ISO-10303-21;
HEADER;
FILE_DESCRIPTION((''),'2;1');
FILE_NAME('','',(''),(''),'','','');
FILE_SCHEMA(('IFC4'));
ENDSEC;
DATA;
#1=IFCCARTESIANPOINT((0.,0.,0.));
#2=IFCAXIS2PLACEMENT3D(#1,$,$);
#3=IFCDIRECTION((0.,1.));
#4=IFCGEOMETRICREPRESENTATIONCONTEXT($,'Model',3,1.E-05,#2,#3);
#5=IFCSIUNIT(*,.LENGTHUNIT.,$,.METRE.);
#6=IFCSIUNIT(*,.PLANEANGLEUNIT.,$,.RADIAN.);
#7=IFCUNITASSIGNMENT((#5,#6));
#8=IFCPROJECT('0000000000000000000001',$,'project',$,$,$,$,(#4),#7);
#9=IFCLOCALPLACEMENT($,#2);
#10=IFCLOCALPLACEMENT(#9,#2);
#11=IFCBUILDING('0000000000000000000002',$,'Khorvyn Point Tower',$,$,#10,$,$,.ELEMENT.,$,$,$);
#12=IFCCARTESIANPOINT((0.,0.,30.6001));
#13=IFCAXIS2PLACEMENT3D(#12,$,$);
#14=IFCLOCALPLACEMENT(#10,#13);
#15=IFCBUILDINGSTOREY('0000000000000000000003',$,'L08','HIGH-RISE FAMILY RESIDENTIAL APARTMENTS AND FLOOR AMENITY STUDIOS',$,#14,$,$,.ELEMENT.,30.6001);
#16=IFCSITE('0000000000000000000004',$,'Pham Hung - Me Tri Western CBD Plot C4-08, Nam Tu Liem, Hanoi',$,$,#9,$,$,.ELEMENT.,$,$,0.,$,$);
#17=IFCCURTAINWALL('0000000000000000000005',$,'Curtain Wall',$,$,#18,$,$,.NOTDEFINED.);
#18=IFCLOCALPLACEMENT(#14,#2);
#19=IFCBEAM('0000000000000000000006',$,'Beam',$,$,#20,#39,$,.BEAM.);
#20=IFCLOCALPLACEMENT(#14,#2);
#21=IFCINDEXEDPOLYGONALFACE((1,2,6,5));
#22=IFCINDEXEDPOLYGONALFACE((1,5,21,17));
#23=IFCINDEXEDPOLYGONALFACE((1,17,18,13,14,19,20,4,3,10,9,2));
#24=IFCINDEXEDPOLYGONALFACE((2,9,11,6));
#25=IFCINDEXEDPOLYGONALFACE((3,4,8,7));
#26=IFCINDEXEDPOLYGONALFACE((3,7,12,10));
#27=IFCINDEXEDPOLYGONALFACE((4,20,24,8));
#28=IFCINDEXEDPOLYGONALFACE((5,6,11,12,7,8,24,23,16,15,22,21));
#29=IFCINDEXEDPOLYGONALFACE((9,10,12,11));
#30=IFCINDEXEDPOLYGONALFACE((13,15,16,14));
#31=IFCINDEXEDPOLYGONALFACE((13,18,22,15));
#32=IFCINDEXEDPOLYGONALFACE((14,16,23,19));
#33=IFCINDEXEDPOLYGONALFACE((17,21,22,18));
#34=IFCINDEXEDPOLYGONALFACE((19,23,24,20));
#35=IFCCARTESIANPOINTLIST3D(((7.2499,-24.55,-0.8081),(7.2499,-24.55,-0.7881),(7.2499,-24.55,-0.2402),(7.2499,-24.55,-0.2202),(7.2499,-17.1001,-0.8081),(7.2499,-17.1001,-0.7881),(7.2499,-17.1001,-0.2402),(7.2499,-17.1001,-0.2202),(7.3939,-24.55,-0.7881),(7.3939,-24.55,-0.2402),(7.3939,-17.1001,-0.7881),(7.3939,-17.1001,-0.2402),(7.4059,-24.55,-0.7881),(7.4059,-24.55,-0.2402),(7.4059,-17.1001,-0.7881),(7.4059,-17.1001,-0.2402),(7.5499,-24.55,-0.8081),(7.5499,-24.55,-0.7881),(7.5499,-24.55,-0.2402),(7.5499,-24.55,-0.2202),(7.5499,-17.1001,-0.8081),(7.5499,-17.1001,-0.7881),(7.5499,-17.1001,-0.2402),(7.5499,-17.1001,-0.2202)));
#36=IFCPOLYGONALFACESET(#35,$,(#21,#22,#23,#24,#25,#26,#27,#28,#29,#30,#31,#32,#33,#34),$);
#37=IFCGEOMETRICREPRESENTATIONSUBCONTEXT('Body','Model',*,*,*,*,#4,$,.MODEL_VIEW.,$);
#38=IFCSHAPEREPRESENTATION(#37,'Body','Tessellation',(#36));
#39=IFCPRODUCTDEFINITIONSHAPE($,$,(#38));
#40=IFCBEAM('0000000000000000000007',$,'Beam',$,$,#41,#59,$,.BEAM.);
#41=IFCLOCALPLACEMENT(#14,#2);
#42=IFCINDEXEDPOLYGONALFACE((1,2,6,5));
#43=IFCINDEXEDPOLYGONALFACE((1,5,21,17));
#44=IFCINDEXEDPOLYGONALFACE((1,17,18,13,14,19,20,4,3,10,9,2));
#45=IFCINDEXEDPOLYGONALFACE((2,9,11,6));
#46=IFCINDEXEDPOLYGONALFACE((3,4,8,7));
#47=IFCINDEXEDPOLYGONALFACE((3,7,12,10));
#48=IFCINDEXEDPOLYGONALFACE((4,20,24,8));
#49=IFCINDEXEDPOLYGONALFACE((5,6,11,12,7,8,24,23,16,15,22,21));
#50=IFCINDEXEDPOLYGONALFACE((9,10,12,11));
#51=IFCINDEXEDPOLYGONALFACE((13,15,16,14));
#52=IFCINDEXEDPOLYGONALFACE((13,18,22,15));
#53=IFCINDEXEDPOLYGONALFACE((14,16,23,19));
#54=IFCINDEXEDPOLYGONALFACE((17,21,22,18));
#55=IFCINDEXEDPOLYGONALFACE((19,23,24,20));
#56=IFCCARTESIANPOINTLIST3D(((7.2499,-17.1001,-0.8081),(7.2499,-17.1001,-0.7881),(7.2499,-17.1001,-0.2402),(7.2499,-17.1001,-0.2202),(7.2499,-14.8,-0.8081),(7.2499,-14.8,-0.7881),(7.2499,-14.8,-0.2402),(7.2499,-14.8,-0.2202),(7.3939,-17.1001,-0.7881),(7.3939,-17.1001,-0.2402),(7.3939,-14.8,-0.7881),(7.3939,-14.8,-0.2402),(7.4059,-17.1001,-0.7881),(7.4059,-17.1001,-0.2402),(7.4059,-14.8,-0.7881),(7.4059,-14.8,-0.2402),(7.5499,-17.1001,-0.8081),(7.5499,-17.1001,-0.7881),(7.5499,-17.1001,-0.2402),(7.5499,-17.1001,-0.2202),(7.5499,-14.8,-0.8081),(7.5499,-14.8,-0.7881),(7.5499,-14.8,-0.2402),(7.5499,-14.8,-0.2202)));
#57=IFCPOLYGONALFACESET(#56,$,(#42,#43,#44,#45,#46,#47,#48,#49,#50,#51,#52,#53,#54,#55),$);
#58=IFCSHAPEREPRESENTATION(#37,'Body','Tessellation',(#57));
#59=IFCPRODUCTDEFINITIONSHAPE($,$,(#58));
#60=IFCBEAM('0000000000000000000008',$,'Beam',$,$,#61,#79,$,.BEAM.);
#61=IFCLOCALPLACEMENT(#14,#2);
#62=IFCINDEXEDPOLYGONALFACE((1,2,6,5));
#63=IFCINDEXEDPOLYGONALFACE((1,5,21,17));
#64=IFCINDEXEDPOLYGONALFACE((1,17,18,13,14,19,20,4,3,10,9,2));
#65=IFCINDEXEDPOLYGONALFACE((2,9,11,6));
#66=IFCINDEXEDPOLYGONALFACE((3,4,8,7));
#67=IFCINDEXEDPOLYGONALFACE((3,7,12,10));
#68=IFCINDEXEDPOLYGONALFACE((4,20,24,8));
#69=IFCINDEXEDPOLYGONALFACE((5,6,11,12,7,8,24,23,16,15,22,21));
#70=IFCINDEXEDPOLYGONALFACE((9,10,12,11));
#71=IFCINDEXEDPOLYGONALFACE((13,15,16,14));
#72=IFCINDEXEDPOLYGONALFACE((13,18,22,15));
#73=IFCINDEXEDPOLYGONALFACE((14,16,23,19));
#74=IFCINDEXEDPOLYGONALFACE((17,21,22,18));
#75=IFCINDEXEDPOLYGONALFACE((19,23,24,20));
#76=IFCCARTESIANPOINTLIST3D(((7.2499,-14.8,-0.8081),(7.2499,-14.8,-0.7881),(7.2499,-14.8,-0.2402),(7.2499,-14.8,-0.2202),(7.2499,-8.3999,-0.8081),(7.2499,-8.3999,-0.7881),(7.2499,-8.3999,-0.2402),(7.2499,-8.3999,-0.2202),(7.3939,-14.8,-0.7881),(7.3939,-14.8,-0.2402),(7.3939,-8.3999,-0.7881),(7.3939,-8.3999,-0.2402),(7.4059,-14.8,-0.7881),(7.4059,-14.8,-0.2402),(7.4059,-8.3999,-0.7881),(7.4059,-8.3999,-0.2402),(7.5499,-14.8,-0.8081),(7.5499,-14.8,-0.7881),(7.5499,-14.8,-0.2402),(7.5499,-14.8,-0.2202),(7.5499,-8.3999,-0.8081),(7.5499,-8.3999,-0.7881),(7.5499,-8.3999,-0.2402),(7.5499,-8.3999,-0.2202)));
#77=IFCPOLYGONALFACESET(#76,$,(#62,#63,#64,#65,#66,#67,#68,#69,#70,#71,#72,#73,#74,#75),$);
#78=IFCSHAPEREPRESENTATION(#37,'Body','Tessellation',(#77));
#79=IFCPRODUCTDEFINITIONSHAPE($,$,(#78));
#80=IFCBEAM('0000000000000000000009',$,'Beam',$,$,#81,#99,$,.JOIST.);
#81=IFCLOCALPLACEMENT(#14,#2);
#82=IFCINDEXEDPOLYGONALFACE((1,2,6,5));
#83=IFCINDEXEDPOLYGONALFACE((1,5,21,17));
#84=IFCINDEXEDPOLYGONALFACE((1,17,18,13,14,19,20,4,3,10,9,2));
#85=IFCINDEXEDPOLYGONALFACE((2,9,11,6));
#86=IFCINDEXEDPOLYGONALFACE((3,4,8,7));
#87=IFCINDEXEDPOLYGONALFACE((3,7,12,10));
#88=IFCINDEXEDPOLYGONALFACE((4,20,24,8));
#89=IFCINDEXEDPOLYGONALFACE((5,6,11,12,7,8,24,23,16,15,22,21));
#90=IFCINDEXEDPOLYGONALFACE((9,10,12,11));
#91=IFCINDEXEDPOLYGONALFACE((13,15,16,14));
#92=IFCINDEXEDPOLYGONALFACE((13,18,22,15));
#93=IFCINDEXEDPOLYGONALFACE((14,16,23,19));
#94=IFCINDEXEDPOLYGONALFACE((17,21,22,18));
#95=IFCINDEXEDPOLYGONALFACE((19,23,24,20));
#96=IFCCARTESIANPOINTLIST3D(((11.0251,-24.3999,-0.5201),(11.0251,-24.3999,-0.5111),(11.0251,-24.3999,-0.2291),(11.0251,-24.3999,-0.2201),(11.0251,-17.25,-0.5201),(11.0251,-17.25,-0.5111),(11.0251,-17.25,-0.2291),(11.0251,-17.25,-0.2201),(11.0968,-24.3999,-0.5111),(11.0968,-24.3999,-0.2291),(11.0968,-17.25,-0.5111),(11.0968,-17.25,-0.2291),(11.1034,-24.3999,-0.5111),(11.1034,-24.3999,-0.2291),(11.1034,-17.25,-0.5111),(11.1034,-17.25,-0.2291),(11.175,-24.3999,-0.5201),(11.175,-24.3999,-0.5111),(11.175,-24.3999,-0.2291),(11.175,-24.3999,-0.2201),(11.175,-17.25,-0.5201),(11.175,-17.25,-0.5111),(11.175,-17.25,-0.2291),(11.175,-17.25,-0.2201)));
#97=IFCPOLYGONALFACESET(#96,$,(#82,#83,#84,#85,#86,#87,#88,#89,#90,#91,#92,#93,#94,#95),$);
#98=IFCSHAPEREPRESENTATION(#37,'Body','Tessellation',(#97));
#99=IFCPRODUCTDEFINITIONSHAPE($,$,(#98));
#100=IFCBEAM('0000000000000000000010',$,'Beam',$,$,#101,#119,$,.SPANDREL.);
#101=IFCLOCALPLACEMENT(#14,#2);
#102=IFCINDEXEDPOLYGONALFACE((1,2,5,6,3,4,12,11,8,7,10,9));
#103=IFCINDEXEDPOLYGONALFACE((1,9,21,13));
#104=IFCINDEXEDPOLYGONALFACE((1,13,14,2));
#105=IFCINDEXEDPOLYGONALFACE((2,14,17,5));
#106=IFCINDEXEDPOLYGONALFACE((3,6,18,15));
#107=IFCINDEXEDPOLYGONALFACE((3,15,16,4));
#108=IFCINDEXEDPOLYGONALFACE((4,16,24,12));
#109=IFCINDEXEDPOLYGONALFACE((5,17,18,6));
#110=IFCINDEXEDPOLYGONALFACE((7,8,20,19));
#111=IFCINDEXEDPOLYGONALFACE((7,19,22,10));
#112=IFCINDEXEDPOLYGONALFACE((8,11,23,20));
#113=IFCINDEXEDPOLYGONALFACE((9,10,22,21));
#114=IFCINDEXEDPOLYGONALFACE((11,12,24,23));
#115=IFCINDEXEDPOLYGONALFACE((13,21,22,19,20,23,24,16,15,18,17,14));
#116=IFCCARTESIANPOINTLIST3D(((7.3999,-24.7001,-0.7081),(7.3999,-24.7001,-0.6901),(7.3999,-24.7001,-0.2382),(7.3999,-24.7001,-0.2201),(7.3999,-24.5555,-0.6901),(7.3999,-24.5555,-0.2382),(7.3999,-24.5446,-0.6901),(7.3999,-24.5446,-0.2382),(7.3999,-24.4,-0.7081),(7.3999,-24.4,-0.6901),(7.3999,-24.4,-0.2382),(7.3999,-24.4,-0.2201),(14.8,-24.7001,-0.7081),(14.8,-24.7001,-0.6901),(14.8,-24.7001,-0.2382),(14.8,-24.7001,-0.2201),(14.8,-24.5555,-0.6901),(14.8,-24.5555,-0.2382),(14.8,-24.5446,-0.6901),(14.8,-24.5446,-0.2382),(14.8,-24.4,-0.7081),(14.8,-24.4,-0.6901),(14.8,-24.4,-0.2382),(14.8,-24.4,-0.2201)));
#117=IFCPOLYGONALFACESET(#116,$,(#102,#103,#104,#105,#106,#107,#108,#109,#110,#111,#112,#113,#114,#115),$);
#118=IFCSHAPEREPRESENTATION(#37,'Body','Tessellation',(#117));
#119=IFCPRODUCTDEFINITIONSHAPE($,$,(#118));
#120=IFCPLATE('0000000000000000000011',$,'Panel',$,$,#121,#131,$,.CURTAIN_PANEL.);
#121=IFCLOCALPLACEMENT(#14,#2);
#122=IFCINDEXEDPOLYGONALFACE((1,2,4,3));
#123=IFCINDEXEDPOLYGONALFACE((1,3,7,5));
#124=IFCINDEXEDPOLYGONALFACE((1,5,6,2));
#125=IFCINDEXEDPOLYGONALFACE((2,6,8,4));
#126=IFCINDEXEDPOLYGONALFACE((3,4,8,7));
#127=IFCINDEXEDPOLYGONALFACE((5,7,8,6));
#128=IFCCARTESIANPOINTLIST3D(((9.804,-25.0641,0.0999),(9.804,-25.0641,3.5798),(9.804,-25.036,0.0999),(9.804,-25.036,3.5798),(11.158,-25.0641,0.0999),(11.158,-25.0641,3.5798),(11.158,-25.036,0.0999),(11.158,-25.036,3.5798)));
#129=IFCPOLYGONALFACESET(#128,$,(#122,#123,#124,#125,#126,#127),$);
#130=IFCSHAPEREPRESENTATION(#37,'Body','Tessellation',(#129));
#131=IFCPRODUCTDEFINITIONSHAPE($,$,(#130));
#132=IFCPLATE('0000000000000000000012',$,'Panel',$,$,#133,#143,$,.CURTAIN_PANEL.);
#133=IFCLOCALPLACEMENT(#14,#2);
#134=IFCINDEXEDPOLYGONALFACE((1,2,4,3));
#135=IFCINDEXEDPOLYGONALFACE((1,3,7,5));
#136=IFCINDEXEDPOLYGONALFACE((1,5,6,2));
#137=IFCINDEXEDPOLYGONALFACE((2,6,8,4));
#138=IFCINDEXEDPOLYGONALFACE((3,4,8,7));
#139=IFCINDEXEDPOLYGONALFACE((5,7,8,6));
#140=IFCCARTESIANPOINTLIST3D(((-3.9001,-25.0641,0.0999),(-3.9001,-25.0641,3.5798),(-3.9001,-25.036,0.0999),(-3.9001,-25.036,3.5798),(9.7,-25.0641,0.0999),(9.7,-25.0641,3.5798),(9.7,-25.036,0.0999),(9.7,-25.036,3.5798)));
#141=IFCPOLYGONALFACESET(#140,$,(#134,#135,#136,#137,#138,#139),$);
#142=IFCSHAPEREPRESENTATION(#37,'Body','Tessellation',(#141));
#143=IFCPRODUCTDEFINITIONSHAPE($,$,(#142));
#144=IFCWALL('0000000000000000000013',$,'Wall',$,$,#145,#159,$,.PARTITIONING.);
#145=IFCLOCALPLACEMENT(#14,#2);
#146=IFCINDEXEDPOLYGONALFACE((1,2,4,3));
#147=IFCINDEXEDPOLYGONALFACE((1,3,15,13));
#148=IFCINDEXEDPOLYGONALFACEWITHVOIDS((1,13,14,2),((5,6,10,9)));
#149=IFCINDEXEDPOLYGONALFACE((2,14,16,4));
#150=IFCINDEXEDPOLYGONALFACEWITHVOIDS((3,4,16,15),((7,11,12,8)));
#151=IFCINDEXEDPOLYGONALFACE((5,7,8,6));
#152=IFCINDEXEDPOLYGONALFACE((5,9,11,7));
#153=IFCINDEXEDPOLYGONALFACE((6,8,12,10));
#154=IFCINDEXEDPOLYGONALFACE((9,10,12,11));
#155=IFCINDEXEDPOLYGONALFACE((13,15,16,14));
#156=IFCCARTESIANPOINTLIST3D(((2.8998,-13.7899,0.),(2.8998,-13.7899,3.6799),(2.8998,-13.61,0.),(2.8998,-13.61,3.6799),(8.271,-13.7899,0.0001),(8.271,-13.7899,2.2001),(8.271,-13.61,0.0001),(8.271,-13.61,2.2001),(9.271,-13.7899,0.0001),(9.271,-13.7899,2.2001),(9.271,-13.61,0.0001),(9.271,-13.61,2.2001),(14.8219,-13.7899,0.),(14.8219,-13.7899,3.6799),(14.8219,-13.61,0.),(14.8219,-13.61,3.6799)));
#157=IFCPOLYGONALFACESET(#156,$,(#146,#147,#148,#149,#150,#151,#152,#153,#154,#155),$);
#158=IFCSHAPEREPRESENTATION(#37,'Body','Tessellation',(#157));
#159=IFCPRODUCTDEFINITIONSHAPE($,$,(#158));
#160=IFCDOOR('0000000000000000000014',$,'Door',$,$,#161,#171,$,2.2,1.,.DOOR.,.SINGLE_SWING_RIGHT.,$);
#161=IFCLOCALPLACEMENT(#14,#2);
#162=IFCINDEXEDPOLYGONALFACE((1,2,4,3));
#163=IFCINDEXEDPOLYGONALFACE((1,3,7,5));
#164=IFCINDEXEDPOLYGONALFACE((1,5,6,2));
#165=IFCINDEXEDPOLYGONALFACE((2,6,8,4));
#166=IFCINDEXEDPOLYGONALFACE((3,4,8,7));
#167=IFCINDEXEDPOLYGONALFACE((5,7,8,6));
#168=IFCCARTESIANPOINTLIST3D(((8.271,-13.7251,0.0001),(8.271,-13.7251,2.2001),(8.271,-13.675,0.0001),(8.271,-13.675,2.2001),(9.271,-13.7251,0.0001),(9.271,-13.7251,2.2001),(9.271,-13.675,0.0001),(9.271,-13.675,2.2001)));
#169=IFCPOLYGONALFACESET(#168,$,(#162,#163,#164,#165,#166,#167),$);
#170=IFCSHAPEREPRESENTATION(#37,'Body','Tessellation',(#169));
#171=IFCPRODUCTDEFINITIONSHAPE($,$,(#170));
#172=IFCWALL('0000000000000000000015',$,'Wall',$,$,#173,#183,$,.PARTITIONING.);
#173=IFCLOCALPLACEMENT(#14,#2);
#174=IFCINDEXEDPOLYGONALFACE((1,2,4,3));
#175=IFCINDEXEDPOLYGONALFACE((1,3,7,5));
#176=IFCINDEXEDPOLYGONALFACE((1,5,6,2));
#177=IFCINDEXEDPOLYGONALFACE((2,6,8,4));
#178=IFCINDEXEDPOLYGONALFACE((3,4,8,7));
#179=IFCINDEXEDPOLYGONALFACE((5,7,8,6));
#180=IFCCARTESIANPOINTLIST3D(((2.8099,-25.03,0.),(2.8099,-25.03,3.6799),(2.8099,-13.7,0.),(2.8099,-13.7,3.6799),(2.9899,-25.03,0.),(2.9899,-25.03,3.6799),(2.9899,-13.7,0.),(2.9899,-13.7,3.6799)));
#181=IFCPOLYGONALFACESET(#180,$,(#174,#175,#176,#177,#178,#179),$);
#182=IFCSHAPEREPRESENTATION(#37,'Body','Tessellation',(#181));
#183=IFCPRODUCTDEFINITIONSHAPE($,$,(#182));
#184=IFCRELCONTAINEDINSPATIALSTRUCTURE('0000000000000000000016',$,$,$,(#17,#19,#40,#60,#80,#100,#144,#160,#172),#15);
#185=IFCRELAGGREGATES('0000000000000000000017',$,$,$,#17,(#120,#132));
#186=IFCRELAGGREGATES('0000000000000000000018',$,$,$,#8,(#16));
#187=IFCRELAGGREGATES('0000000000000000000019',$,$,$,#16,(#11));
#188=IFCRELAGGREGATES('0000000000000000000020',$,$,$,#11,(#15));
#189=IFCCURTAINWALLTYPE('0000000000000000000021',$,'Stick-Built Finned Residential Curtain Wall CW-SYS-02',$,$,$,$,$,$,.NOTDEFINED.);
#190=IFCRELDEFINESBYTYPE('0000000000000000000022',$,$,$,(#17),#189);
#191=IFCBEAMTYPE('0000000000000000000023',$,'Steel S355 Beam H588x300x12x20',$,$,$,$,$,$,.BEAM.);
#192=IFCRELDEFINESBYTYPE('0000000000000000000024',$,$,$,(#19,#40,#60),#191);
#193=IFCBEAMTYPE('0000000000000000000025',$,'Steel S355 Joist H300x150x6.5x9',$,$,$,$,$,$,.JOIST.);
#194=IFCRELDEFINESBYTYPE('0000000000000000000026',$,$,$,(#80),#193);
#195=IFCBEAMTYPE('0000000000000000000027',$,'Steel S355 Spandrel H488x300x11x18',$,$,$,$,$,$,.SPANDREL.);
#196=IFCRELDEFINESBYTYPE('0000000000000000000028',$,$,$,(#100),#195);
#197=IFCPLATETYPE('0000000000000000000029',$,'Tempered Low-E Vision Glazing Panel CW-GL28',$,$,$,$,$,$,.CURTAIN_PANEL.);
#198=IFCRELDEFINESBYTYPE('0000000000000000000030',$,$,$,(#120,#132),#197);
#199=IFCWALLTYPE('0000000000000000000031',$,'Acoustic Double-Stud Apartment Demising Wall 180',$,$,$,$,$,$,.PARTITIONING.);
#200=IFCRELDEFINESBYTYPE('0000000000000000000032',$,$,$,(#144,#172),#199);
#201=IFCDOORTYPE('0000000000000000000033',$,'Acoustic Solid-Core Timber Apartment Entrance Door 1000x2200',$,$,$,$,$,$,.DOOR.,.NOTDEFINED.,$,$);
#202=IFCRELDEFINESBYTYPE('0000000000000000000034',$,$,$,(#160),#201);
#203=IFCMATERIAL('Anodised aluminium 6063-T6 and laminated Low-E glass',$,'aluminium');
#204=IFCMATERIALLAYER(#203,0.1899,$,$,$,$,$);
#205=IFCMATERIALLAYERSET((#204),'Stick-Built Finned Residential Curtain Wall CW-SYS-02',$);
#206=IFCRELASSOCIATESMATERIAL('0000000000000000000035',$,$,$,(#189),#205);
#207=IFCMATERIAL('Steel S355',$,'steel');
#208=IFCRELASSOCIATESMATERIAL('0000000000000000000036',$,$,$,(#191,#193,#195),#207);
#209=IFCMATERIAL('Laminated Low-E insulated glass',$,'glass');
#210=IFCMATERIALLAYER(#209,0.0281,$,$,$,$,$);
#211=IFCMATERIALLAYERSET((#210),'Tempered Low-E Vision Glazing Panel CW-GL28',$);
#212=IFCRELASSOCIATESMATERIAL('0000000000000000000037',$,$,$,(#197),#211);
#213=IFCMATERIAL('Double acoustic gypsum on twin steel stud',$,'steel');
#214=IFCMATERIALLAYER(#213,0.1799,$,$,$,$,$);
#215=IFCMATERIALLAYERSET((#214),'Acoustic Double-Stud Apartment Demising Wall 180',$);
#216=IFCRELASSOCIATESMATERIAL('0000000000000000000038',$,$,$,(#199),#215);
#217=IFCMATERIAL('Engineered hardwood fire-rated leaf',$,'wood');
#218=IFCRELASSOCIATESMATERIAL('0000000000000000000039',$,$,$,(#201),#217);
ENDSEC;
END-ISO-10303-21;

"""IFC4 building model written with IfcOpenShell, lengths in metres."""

from ifc_helpers import new_model, si_unit, direction, frame, frame_2d, origin, origin_2d, place, context, subcontext, project, spatial, rectangle, i_section, extrude, material, layer, layer_set, material_profile, profile_set, type_object, element, fill, aggregate, save


model = new_model("IFC4")

# Units and contexts
model_context = context("Model", 3, precision=1e-05, world=origin(), true_north=direction((0.0, 1.0)))
body_context = subcontext(model_context, "Body", "Model", "MODEL_VIEW")
ifc_project = project(units=[si_unit("LENGTHUNIT", "METRE"), si_unit("PLANEANGLEUNIT", "RADIAN")], contexts=[model_context])

# Site, building, storey
site_placement = place(None, origin())
site = spatial("IfcSite", under=ifc_project, at=site_placement, Name="Pham Hung - Me Tri Western CBD Plot C4-08, Nam Tu Liem, Hanoi", CompositionType="ELEMENT", RefElevation=0.0)
building_placement = place(site_placement, origin())
building = spatial("IfcBuilding", under=site, at=building_placement, Name="Khorvyn Point Tower", CompositionType="ELEMENT")
storey_placement = place(building_placement, frame((0.0, 0.0, 30.6001)))
storey = spatial("IfcBuildingStorey", under=building, at=storey_placement, Name="L08", Description="HIGH-RISE FAMILY RESIDENTIAL APARTMENTS AND FLOOR AMENITY STUDIOS", CompositionType="ELEMENT", Elevation=30.6001)

# Curtain wall
ifc_material_1 = material(Name="Anodised aluminium 6063-T6 and laminated Low-E glass", Category="aluminium")
ifc_layer_1 = layer(ifc_material_1, 0.1899)
ifc_layer_set_1 = layer_set([ifc_layer_1], Name="Stick-Built Finned Residential Curtain Wall CW-SYS-02")
curtain_wall_type = type_object("IfcCurtainWallType", Name="Stick-Built Finned Residential Curtain Wall CW-SYS-02", PredefinedType="NOTDEFINED", material=ifc_layer_set_1)
curtain_wall_placement = place(storey_placement, origin())
curtain_wall = element("IfcCurtainWall", 1, at=curtain_wall_placement, inside=storey, type_object=curtain_wall_type, Name="Curtain Wall", PredefinedType="NOTDEFINED")

# Beams
ifc_material_2 = material(Name="Steel S355", Category="steel")
ifc_material_profile_1 = material_profile(ifc_material_2, i_section(OverallWidth=0.3, OverallDepth=0.5879, WebThickness=0.012, FlangeThickness=0.02, at=origin_2d()))
ifc_profile_set_1 = profile_set([ifc_material_profile_1], Name="Steel S355 H588x300x12x20")
beam_type_1 = type_object("IfcBeamType", Name="Steel S355 Beam H588x300x12x20", PredefinedType="BEAM", material=ifc_profile_set_1)
beam_1_placement = place(storey_placement, frame((7.3999, -24.55, -0.5142), z_axis=(0.0, 1.0, 0.0), x_axis=(-1.0, 0.0, 0.0)))
element("IfcBeam", 2, at=beam_1_placement, inside=storey, type_object=beam_type_1, Name="Beam", PredefinedType="BEAM", context=body_context, shape_type="SweptSolid", body=[
    extrude(i_section(OverallWidth=0.3, OverallDepth=0.5879, WebThickness=0.012, FlangeThickness=0.02, at=origin_2d()), origin(), (0.0, 0.0, 1.0), 7.45),
])
beam_2_placement = place(storey_placement, frame((7.3999, -17.1001, -0.5142), z_axis=(0.0, 1.0, 0.0), x_axis=(-1.0, 0.0, 0.0)))
element("IfcBeam", 3, at=beam_2_placement, inside=storey, type_object=beam_type_1, Name="Beam", PredefinedType="BEAM", context=body_context, shape_type="SweptSolid", body=[
    extrude(i_section(OverallWidth=0.3, OverallDepth=0.5879, WebThickness=0.012, FlangeThickness=0.02, at=origin_2d()), origin(), (0.0, 0.0, 1.0), 2.3),
])
beam_3_placement = place(storey_placement, frame((7.3999, -14.8, -0.5142), z_axis=(0.0, 1.0, 0.0), x_axis=(-1.0, 0.0, 0.0)))
element("IfcBeam", 4, at=beam_3_placement, inside=storey, type_object=beam_type_1, Name="Beam", PredefinedType="BEAM", context=body_context, shape_type="SweptSolid", body=[
    extrude(i_section(OverallWidth=0.3, OverallDepth=0.5879, WebThickness=0.012, FlangeThickness=0.02, at=origin_2d()), origin(), (0.0, 0.0, 1.0), 6.4001),
])
ifc_material_profile_2 = material_profile(ifc_material_2, i_section(OverallWidth=0.1499, OverallDepth=0.3, WebThickness=0.0066, FlangeThickness=0.009, at=origin_2d()))
ifc_profile_set_2 = profile_set([ifc_material_profile_2], Name="Steel S355 H300x150x6.5x9")
beam_type_2 = type_object("IfcBeamType", Name="Steel S355 Joist H300x150x6.5x9", PredefinedType="JOIST", material=ifc_profile_set_2)
beam_4_placement = place(storey_placement, frame((11.1001, -24.3999, -0.3701), z_axis=(0.0, 1.0, 0.0), x_axis=(-1.0, 0.0, 0.0)))
element("IfcBeam", 5, at=beam_4_placement, inside=storey, type_object=beam_type_2, Name="Beam", PredefinedType="JOIST", context=body_context, shape_type="SweptSolid", body=[
    extrude(i_section(OverallWidth=0.1499, OverallDepth=0.3, WebThickness=0.0066, FlangeThickness=0.009, at=origin_2d()), origin(), (0.0, 0.0, 1.0), 7.1499),
])
ifc_material_profile_3 = material_profile(ifc_material_2, i_section(OverallWidth=0.3, OverallDepth=0.488, WebThickness=0.011, FlangeThickness=0.0181, at=origin_2d()))
ifc_profile_set_3 = profile_set([ifc_material_profile_3], Name="Steel S355 H488x300x11x18")
beam_type_3 = type_object("IfcBeamType", Name="Steel S355 Spandrel H488x300x11x18", PredefinedType="SPANDREL", material=ifc_profile_set_3)
beam_5_placement = place(storey_placement, frame((7.3999, -24.55, -0.4641), z_axis=(1.0, 0.0, 0.0), x_axis=(0.0, 1.0, 0.0)))
element("IfcBeam", 6, at=beam_5_placement, inside=storey, type_object=beam_type_3, Name="Beam", PredefinedType="SPANDREL", context=body_context, shape_type="SweptSolid", body=[
    extrude(i_section(OverallWidth=0.3, OverallDepth=0.488, WebThickness=0.011, FlangeThickness=0.0181, at=origin_2d()), origin(), (0.0, 0.0, 1.0), 7.4001),
])

# Plates
ifc_material_3 = material(Name="Laminated Low-E insulated glass", Category="glass")
ifc_layer_2 = layer(ifc_material_3, 0.0281)
ifc_layer_set_2 = layer_set([ifc_layer_2], Name="Tempered Low-E Vision Glazing Panel CW-GL28")
plate_type = type_object("IfcPlateType", Name="Tempered Low-E Vision Glazing Panel CW-GL28", PredefinedType="CURTAIN_PANEL", material=ifc_layer_set_2)
plate_1_placement = place(storey_placement, frame((10.481, -25.05, 0.0999), z_axis=(0.0, 0.0, 1.0), x_axis=(-1.0, 0.0, 0.0)))
plate_1 = element("IfcPlate", 7, at=plate_1_placement, type_object=plate_type, Name="Panel", PredefinedType="CURTAIN_PANEL", context=body_context, shape_type="SweptSolid", body=[
    extrude(rectangle(XDim=1.354, YDim=0.0281, at=origin_2d()), origin(), (0.0, 0.0, 1.0), 3.48),
])
plate_2_placement = place(storey_placement, frame((2.8999, -25.05, 0.0999), z_axis=(0.0, 0.0, 1.0), x_axis=(-1.0, 0.0, 0.0)))
plate_2 = element("IfcPlate", 8, at=plate_2_placement, type_object=plate_type, Name="Panel", PredefinedType="CURTAIN_PANEL", context=body_context, shape_type="SweptSolid", body=[
    extrude(rectangle(XDim=13.6001, YDim=0.0281, at=origin_2d()), origin(), (0.0, 0.0, 1.0), 3.48),
])
aggregate(curtain_wall, [plate_1, plate_2])

# Wall, opening, door
ifc_material_4 = material(Name="Double acoustic gypsum on twin steel stud", Category="steel")
ifc_layer_3 = layer(ifc_material_4, 0.1799)
ifc_layer_set_3 = layer_set([ifc_layer_3], Name="Acoustic Double-Stud Apartment Demising Wall 180")
wall_type_1 = type_object("IfcWallType", Name="Acoustic Double-Stud Apartment Demising Wall 180", PredefinedType="PARTITIONING", material=ifc_layer_set_3)
wall_1_placement = place(storey_placement, frame((2.8999, -13.7, 0.0), z_axis=(0.0, 0.0, 1.0), x_axis=(1.0, 0.0, 0.0)))
wall_1 = element("IfcWall", 9, at=wall_1_placement, inside=storey, type_object=wall_type_1, Name="Wall", PredefinedType="PARTITIONING", context=body_context, shape_type="SweptSolid", body=[
    extrude(rectangle(XDim=11.9221, YDim=0.1799, at=frame_2d((5.9609, 0.0))), origin(), (0.0, 0.0, 1.0), 3.6799),
])
opening_1_placement = place(wall_1_placement, frame((5.3711, 0.0, 0.0)))
opening_1 = element("IfcOpeningElement", 10, at=opening_1_placement, cuts=wall_1, PredefinedType="OPENING", context=body_context, shape_type="SweptSolid", body=[
    extrude(rectangle(XDim=1.0, YDim=2.2, at=frame_2d((0.5, 1.1001))), frame((0.0, 0.0999, 0.0), z_axis=(0.0, -1.0, 0.0), x_axis=(1.0, 0.0, 0.0)), (0.0, 0.0, 1.0), 0.2),
])
ifc_material_5 = material(Name="Engineered hardwood fire-rated leaf", Category="wood")
door_type_1 = type_object("IfcDoorType", Name="Acoustic Solid-Core Timber Apartment Entrance Door 1000x2200", OperationType="NOTDEFINED", PredefinedType="DOOR", material=ifc_material_5)
door_1_placement = place(opening_1_placement, origin())
door_1 = element("IfcDoor", 11, at=door_1_placement, inside=storey, type_object=door_type_1, Name="Door", OperationType="SINGLE_SWING_RIGHT", OverallHeight=2.2, OverallWidth=1.0, PredefinedType="DOOR", context=body_context, shape_type="SweptSolid", body=[
    extrude(rectangle(XDim=1.0, YDim=2.2, at=frame_2d((0.5, 1.1001))), frame((0.0, 0.0249, 0.0), z_axis=(0.0, -1.0, 0.0), x_axis=(1.0, 0.0, 0.0)), (0.0, 0.0, 1.0), 0.05),
])
fill(opening_1, door_1)

# Wall
wall_2_placement = place(storey_placement, frame((2.8999, -25.03, 0.0), z_axis=(0.0, 0.0, 1.0), x_axis=(0.0, 1.0, 0.0)))
element("IfcWall", 12, at=wall_2_placement, inside=storey, type_object=wall_type_1, Name="Wall", PredefinedType="PARTITIONING", context=body_context, shape_type="SweptSolid", body=[
    extrude(rectangle(XDim=11.3301, YDim=0.1799, at=frame_2d((5.665, 0.0))), origin(), (0.0, 0.0, 1.0), 3.6799),
])

save(model, "model.ifc")
